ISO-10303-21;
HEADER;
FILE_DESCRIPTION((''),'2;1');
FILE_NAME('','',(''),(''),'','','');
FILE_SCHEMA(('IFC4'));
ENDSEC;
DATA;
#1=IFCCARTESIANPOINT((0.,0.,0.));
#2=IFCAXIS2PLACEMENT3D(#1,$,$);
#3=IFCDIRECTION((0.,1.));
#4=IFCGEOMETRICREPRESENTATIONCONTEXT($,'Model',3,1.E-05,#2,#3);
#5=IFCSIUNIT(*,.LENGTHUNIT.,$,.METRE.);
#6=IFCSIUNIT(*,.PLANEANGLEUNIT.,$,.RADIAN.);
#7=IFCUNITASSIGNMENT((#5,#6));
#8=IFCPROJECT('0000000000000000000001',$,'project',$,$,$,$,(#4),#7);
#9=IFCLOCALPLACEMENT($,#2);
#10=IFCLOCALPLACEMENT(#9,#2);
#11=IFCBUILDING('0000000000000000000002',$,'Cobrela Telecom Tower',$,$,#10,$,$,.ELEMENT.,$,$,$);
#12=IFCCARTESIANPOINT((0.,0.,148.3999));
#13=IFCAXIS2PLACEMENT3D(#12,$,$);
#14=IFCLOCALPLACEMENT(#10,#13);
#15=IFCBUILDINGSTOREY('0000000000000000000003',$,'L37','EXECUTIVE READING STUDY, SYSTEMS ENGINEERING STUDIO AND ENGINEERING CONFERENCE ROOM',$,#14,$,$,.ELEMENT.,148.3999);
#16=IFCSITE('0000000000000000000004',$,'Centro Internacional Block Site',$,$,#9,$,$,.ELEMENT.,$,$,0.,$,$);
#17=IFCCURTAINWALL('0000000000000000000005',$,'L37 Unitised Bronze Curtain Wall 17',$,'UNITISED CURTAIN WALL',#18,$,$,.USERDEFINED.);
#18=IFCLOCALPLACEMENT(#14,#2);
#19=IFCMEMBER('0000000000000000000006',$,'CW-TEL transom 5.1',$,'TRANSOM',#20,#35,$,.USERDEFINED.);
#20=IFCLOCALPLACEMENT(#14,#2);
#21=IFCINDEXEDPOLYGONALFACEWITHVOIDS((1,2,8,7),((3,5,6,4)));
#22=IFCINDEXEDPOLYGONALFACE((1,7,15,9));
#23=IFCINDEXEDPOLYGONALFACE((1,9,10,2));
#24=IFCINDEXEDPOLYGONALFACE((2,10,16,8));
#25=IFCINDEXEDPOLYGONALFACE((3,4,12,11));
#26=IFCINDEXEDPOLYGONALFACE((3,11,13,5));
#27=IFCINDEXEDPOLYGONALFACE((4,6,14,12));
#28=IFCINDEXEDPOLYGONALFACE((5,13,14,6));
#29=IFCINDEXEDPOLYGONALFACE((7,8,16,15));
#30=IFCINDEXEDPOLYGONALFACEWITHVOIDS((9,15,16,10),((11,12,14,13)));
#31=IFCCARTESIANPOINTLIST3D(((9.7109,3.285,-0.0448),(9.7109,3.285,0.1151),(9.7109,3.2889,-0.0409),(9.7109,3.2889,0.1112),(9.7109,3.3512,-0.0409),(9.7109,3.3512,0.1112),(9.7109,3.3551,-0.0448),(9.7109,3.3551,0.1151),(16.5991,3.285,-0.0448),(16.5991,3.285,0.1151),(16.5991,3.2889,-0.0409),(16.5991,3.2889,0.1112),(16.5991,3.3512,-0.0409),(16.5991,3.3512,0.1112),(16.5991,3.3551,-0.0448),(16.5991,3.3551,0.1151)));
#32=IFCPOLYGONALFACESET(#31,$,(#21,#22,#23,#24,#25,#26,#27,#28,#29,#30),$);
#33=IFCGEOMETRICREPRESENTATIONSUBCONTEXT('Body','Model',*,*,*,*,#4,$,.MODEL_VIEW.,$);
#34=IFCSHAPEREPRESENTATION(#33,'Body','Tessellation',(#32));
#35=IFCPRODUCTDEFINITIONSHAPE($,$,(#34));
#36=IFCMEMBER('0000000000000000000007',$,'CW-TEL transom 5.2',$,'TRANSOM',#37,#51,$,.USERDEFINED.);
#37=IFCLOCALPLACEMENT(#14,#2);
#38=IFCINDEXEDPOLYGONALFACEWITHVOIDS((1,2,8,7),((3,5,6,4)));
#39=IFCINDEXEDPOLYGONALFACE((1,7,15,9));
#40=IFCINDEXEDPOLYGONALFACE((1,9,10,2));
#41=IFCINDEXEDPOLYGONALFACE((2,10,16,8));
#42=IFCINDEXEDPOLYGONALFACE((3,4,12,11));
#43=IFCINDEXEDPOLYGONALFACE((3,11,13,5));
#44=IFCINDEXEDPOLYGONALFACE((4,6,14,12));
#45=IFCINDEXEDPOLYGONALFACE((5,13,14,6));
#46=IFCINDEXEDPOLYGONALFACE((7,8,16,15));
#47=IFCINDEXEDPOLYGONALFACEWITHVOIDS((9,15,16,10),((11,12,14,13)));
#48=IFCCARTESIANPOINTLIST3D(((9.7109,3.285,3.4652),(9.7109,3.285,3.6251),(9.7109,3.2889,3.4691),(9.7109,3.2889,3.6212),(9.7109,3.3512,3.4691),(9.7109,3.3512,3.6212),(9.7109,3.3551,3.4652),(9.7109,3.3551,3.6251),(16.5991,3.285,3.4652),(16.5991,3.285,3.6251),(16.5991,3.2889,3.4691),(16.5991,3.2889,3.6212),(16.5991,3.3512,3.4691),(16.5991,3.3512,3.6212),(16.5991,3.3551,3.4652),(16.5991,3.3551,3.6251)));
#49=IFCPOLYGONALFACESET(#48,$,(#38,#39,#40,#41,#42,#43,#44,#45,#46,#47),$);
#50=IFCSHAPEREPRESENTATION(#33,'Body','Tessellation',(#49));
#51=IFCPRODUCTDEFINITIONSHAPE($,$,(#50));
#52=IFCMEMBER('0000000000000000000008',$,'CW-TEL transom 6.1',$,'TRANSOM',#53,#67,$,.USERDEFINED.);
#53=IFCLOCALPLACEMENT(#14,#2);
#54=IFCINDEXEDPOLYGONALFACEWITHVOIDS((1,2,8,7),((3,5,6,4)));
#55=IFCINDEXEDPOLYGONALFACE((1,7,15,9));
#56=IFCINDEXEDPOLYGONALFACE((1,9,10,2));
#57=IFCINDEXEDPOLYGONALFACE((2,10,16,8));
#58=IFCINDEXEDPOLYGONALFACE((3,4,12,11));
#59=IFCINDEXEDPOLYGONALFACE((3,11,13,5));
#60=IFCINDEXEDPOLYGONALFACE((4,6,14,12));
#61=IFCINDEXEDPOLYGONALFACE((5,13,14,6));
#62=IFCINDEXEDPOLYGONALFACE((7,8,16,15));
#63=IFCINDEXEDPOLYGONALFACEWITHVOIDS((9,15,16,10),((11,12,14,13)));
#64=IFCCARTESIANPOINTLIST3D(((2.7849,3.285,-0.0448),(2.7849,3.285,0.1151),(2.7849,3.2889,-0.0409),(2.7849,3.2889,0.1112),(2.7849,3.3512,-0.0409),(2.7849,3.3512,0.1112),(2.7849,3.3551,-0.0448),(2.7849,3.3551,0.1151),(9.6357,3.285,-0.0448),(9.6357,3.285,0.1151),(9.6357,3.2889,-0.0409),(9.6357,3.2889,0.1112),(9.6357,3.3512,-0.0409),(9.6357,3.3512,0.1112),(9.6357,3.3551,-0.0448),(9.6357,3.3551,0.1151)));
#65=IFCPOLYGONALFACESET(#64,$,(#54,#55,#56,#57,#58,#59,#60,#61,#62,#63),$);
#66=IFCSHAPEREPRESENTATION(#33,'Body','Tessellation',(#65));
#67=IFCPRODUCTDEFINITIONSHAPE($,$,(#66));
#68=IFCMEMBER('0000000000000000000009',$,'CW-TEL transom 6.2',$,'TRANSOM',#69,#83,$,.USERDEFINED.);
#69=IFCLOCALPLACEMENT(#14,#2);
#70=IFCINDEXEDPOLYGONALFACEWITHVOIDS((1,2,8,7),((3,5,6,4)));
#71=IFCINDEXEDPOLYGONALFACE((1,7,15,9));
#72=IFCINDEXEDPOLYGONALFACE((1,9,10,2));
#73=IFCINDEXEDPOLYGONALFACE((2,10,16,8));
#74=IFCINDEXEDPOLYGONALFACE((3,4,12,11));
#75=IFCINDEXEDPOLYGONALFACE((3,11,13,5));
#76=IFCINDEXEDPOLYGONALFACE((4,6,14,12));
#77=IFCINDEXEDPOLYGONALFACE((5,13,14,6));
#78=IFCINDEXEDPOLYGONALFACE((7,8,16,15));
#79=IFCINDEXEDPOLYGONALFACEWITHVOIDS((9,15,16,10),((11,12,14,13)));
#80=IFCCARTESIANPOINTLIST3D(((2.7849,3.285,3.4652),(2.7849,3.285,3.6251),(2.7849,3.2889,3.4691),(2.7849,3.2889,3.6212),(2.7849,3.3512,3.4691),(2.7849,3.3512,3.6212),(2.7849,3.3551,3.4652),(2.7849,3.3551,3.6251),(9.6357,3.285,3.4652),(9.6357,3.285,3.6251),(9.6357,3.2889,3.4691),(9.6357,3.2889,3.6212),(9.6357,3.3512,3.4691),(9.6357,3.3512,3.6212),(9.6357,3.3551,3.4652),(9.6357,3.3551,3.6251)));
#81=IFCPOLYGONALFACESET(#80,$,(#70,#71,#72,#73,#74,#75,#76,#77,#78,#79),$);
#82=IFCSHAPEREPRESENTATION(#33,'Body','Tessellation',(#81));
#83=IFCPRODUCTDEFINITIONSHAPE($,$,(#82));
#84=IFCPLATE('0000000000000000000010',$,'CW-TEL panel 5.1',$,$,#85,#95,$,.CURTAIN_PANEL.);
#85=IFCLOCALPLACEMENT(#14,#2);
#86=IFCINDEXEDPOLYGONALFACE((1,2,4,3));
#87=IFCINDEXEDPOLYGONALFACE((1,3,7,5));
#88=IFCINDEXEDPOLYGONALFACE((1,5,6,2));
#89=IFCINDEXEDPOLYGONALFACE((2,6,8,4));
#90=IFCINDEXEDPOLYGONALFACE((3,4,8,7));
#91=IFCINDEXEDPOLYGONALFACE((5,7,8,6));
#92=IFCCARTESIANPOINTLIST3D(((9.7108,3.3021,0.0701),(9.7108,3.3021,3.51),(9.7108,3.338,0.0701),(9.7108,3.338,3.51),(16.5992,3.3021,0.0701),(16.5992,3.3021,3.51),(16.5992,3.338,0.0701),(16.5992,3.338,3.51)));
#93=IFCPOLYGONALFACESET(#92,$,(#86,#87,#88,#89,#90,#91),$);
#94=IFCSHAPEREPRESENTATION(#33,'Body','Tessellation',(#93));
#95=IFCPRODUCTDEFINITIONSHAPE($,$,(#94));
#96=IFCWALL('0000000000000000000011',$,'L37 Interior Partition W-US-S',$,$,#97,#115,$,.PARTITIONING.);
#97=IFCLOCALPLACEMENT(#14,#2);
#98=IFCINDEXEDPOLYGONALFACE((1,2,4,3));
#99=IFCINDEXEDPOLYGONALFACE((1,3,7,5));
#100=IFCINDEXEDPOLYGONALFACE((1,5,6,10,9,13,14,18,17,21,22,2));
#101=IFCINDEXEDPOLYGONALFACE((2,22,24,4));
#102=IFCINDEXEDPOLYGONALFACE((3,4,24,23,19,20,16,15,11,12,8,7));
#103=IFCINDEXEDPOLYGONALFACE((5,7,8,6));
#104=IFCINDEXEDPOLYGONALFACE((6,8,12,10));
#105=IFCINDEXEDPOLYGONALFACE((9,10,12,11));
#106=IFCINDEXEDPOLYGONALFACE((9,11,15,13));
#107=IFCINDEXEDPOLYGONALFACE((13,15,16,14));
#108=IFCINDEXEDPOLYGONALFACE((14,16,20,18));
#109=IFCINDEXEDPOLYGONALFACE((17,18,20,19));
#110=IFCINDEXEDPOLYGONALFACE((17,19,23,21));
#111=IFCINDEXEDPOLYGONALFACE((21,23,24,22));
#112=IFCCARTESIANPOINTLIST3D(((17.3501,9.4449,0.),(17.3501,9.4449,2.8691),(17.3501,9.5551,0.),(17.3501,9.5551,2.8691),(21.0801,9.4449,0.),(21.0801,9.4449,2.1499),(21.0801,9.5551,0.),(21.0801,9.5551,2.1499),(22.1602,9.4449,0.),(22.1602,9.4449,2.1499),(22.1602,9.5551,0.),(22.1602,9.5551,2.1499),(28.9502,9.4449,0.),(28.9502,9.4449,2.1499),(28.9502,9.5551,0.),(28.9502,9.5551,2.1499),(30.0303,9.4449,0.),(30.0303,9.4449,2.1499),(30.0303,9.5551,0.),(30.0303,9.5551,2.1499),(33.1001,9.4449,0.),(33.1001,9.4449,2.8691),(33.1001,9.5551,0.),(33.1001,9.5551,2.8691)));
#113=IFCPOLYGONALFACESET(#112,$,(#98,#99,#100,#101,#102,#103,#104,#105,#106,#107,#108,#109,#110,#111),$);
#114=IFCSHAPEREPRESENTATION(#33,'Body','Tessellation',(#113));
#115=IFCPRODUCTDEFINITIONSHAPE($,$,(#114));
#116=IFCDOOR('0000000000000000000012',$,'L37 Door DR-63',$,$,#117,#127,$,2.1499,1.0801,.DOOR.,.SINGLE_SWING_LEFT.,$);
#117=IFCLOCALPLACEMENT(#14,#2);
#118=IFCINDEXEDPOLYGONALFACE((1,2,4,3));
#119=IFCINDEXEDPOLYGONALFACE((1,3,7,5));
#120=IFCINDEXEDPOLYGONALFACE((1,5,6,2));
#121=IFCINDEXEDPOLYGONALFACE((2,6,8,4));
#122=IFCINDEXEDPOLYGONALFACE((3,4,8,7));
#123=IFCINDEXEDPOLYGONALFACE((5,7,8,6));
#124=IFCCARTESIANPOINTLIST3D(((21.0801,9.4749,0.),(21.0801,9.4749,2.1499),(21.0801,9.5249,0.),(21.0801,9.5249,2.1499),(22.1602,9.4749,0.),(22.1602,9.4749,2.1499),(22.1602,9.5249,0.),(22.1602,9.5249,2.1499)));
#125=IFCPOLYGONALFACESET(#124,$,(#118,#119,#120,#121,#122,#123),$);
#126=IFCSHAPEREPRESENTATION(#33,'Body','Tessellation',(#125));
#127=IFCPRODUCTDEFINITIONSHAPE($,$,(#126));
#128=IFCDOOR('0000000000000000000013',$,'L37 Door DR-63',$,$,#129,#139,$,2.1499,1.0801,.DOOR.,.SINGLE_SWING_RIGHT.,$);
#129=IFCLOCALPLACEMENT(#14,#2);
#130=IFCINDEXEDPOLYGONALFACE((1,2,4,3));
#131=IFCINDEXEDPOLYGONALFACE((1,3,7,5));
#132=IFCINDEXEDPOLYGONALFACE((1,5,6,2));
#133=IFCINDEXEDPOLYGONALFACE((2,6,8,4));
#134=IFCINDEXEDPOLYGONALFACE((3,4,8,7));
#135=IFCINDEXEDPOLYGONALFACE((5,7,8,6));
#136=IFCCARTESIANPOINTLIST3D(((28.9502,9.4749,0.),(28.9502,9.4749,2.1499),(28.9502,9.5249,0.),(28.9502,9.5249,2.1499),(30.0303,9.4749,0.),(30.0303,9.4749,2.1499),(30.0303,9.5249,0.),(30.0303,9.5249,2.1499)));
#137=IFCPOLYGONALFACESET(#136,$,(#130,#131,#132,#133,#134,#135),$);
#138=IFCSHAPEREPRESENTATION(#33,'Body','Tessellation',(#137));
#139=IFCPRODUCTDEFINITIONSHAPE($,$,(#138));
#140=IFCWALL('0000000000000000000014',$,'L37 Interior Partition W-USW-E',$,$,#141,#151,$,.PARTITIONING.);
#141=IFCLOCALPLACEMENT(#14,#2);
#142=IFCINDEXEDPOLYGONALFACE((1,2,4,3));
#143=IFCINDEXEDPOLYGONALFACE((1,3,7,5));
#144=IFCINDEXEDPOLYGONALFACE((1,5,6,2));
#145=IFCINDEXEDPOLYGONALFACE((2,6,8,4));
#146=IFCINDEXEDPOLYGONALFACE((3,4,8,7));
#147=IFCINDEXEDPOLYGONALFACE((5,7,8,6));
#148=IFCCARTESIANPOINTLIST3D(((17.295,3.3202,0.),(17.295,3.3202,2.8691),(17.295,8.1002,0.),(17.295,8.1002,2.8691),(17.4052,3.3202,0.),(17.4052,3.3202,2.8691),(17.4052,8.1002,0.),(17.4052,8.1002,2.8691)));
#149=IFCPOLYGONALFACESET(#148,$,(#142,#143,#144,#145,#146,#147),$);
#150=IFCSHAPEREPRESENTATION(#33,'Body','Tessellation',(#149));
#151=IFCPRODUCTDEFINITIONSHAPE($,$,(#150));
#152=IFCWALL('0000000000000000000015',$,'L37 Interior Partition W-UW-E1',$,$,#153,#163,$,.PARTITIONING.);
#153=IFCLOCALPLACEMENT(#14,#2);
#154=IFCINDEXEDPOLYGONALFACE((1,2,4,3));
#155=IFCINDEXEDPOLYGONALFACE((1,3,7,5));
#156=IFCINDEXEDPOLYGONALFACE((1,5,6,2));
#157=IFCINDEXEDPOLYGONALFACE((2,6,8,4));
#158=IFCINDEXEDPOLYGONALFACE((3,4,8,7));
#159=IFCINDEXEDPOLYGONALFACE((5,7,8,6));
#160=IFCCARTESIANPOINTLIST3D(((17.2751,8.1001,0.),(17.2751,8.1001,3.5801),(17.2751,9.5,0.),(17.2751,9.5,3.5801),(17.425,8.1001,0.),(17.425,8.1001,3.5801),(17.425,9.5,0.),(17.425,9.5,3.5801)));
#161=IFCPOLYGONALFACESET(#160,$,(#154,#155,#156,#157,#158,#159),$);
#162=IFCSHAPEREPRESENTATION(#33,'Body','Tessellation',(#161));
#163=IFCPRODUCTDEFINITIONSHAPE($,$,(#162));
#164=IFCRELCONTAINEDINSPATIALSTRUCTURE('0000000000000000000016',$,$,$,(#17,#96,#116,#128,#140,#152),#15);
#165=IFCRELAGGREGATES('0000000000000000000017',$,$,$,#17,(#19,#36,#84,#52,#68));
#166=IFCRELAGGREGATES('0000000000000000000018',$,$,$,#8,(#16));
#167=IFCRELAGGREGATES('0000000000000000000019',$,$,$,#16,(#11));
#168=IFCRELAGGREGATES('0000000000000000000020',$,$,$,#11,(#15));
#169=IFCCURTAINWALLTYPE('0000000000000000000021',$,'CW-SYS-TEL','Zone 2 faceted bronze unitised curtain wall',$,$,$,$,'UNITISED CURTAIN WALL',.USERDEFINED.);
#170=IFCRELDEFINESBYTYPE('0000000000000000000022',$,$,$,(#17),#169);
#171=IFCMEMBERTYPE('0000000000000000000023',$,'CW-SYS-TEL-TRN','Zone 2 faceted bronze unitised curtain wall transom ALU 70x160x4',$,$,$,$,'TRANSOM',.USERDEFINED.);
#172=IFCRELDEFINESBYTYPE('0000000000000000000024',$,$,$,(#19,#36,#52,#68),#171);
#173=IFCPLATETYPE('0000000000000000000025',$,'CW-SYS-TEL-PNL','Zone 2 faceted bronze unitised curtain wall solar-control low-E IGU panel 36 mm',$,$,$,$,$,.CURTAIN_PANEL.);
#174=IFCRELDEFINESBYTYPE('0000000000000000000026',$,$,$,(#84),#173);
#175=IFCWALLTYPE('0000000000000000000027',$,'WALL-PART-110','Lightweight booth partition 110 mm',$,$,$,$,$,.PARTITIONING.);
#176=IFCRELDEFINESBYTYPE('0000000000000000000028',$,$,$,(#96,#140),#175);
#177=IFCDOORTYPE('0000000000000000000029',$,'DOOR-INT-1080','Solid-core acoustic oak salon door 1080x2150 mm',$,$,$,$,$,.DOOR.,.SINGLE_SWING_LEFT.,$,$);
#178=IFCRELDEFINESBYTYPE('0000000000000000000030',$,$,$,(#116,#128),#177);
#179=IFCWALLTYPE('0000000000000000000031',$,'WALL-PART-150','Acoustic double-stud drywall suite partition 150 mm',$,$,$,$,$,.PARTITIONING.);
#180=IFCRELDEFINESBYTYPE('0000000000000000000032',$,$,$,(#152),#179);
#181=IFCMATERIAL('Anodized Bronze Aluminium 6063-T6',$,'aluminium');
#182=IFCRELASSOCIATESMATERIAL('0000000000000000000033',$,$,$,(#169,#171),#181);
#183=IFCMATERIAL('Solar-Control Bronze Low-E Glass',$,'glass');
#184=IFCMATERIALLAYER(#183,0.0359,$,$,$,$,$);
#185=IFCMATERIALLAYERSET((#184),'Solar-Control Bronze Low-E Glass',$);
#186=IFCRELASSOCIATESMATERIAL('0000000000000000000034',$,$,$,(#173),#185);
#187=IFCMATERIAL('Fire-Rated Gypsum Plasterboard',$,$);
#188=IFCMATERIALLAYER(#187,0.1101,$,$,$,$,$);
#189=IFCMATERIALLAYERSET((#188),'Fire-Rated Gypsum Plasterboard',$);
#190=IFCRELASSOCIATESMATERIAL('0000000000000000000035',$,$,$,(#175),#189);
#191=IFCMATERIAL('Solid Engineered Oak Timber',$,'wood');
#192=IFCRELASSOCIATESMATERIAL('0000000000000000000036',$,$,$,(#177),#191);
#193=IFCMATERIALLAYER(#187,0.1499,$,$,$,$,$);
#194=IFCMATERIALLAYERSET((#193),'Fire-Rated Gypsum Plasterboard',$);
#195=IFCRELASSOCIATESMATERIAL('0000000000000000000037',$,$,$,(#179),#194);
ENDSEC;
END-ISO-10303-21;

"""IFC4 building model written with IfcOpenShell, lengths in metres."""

from ifc_helpers import new_model, si_unit, direction, frame, frame_2d, origin, origin_2d, place, context, subcontext, project, spatial, rectangle, hollow_rectangle, extrude, material, layer, layer_set, material_profile, profile_set, type_object, element, fill, aggregate, save


model = new_model("IFC4")

# Units and contexts
model_context = context("Model", 3, precision=1e-05, world=origin(), true_north=direction((0.0, 1.0)))
body_context = subcontext(model_context, "Body", "Model", "MODEL_VIEW")
ifc_project = project(units=[si_unit("LENGTHUNIT", "METRE"), si_unit("PLANEANGLEUNIT", "RADIAN")], contexts=[model_context])

# Site, building, storey
site_placement = place(None, origin())
site = spatial("IfcSite", under=ifc_project, at=site_placement, Name="Centro Internacional Block Site", CompositionType="ELEMENT", RefElevation=0.0)
building_placement = place(site_placement, origin())
building = spatial("IfcBuilding", under=site, at=building_placement, Name="Cobrela Telecom Tower", CompositionType="ELEMENT")
storey_placement = place(building_placement, frame((0.0, 0.0, 148.3999)))
storey = spatial("IfcBuildingStorey", under=building, at=storey_placement, Name="L37", Description="EXECUTIVE READING STUDY, SYSTEMS ENGINEERING STUDIO AND ENGINEERING CONFERENCE ROOM", CompositionType="ELEMENT", Elevation=148.3999)

# Curtain wall, members, plate
ifc_material_1 = material(Name="Anodized Bronze Aluminium 6063-T6", Category="aluminium")
curtain_wall_type = type_object("IfcCurtainWallType", Name="CW-SYS-TEL", Description="Zone 2 faceted bronze unitised curtain wall", ElementType="UNITISED CURTAIN WALL", PredefinedType="USERDEFINED", material=ifc_material_1)
curtain_wall_placement = place(storey_placement, origin())
curtain_wall = element("IfcCurtainWall", 1, at=curtain_wall_placement, inside=storey, type_object=curtain_wall_type, Name="L37 Unitised Bronze Curtain Wall 17", ObjectType="UNITISED CURTAIN WALL", PredefinedType="USERDEFINED")
ifc_material_profile_1 = material_profile(ifc_material_1, hollow_rectangle(XDim=0.0701, YDim=0.1599, WallThickness=0.0039, at=origin_2d()), Name="ALU 70x160x4")
ifc_profile_set_1 = profile_set([ifc_material_profile_1], Name="Anodized Bronze Aluminium 6063-T6")
member_type_1 = type_object("IfcMemberType", Name="CW-SYS-TEL-TRN", Description="Zone 2 faceted bronze unitised curtain wall transom ALU 70x160x4", ElementType="TRANSOM", PredefinedType="USERDEFINED", material=ifc_profile_set_1)
member_1_placement = place(storey_placement, frame((16.5991, 3.3201, 0.0352), z_axis=(-1.0, 0.0, 0.0), x_axis=(0.0, -1.0, 0.0)))
member_1 = element("IfcMember", 2, at=member_1_placement, type_object=member_type_1, Name="CW-TEL transom 5.1", ObjectType="TRANSOM", PredefinedType="USERDEFINED", context=body_context, shape_type="SweptSolid", body=[
    extrude(hollow_rectangle(XDim=0.0701, YDim=0.1599, WallThickness=0.0039, at=origin_2d()), origin(), (0.0, 0.0, 1.0), 6.8882),
])
member_2_placement = place(storey_placement, frame((16.5991, 3.3201, 3.5452), z_axis=(-1.0, 0.0, 0.0), x_axis=(0.0, -1.0, 0.0)))
member_2 = element("IfcMember", 3, at=member_2_placement, type_object=member_type_1, Name="CW-TEL transom 5.2", ObjectType="TRANSOM", PredefinedType="USERDEFINED", context=body_context, shape_type="SweptSolid", body=[
    extrude(hollow_rectangle(XDim=0.0701, YDim=0.1599, WallThickness=0.0039, at=origin_2d()), origin(), (0.0, 0.0, 1.0), 6.8882),
])
member_3_placement = place(storey_placement, frame((9.6357, 3.3201, 0.0352), z_axis=(-1.0, 0.0, 0.0), x_axis=(0.0, -1.0, 0.0)))
member_3 = element("IfcMember", 4, at=member_3_placement, type_object=member_type_1, Name="CW-TEL transom 6.1", ObjectType="TRANSOM", PredefinedType="USERDEFINED", context=body_context, shape_type="SweptSolid", body=[
    extrude(hollow_rectangle(XDim=0.0701, YDim=0.1599, WallThickness=0.0039, at=origin_2d()), origin(), (0.0, 0.0, 1.0), 6.8508),
])
member_4_placement = place(storey_placement, frame((9.6357, 3.3201, 3.5452), z_axis=(-1.0, 0.0, 0.0), x_axis=(0.0, -1.0, 0.0)))
member_4 = element("IfcMember", 5, at=member_4_placement, type_object=member_type_1, Name="CW-TEL transom 6.2", ObjectType="TRANSOM", PredefinedType="USERDEFINED", context=body_context, shape_type="SweptSolid", body=[
    extrude(hollow_rectangle(XDim=0.0701, YDim=0.1599, WallThickness=0.0039, at=origin_2d()), origin(), (0.0, 0.0, 1.0), 6.8508),
])
ifc_material_2 = material(Name="Solar-Control Bronze Low-E Glass", Category="glass")
ifc_layer_1 = layer(ifc_material_2, 0.0359)
ifc_layer_set_1 = layer_set([ifc_layer_1], Name="Solar-Control Bronze Low-E Glass")
plate_type = type_object("IfcPlateType", Name="CW-SYS-TEL-PNL", Description="Zone 2 faceted bronze unitised curtain wall solar-control low-E IGU panel 36 mm", PredefinedType="CURTAIN_PANEL", material=ifc_layer_set_1)
plate_placement = place(storey_placement, frame((13.155, 3.3201, 0.0701), z_axis=(0.0, 0.0, 1.0), x_axis=(-1.0, 0.0, 0.0)))
plate = element("IfcPlate", 6, at=plate_placement, type_object=plate_type, Name="CW-TEL panel 5.1", PredefinedType="CURTAIN_PANEL", context=body_context, shape_type="SweptSolid", body=[
    extrude(rectangle(XDim=6.8884, YDim=0.0359, at=origin_2d()), origin(), (0.0, 0.0, 1.0), 3.4399),
])
aggregate(curtain_wall, [member_1, member_2, plate, member_3, member_4])

# Shared definitions
ifc_material_3 = material(Name="Fire-Rated Gypsum Plasterboard")
ifc_layer_2 = layer(ifc_material_3, 0.1101)
ifc_layer_set_2 = layer_set([ifc_layer_2], Name="Fire-Rated Gypsum Plasterboard")
wall_type_1 = type_object("IfcWallType", Name="WALL-PART-110", Description="Lightweight booth partition 110 mm", PredefinedType="PARTITIONING", material=ifc_layer_set_2)
ifc_material_4 = material(Name="Solid Engineered Oak Timber", Category="wood")
door_type_1 = type_object("IfcDoorType", Name="DOOR-INT-1080", Description="Solid-core acoustic oak salon door 1080x2150 mm", OperationType="SINGLE_SWING_LEFT", PredefinedType="DOOR", material=ifc_material_4)

# Wall, openings, doors
wall_1_placement = place(storey_placement, frame((17.3501, 9.5, 0.0), z_axis=(0.0, 0.0, 1.0), x_axis=(1.0, 0.0, 0.0)))
wall_1 = element("IfcWall", 7, at=wall_1_placement, inside=storey, type_object=wall_type_1, Name="L37 Interior Partition W-US-S", PredefinedType="PARTITIONING", context=body_context, shape_type="SweptSolid", body=[
    extrude(rectangle(XDim=15.75, YDim=0.1101, at=frame_2d((7.875, 0.0))), origin(), (0.0, 0.0, 1.0), 2.8691),
])
opening_1_placement = place(wall_1_placement, frame((3.73, 0.0, 0.0)))
opening_1 = element("IfcOpeningElement", 8, at=opening_1_placement, cuts=wall_1, PredefinedType="OPENING", context=body_context, shape_type="SweptSolid", body=[
    extrude(rectangle(XDim=1.0801, YDim=2.1499, at=frame_2d((0.54, 1.075))), frame((0.0, 0.0669, 0.0), z_axis=(0.0, -1.0, 0.0), x_axis=(1.0, 0.0, 0.0)), (0.0, 0.0, 1.0), 0.134),
])
opening_2_placement = place(wall_1_placement, frame((11.6001, 0.0, 0.0)))
opening_2 = element("IfcOpeningElement", 9, at=opening_2_placement, cuts=wall_1, PredefinedType="OPENING", context=body_context, shape_type="SweptSolid", body=[
    extrude(rectangle(XDim=1.0801, YDim=2.1499, at=frame_2d((0.54, 1.075))), frame((0.0, 0.0669, 0.0), z_axis=(0.0, -1.0, 0.0), x_axis=(1.0, 0.0, 0.0)), (0.0, 0.0, 1.0), 0.134),
])
door_1_placement = place(opening_1_placement, origin())
door_1 = element("IfcDoor", 10, at=door_1_placement, inside=storey, type_object=door_type_1, Name="L37 Door DR-63", OperationType="SINGLE_SWING_LEFT", OverallHeight=2.1499, OverallWidth=1.0801, PredefinedType="DOOR", context=body_context, shape_type="SweptSolid", body=[
    extrude(rectangle(XDim=1.0801, YDim=2.1499, at=frame_2d((0.54, 1.075))), frame((0.0, 0.0249, 0.0), z_axis=(0.0, -1.0, 0.0), x_axis=(1.0, 0.0, 0.0)), (0.0, 0.0, 1.0), 0.05),
])
fill(opening_1, door_1)
door_2_placement = place(opening_2_placement, origin())
door_2 = element("IfcDoor", 11, at=door_2_placement, inside=storey, type_object=door_type_1, Name="L37 Door DR-63", OperationType="SINGLE_SWING_RIGHT", OverallHeight=2.1499, OverallWidth=1.0801, PredefinedType="DOOR", context=body_context, shape_type="SweptSolid", body=[
    extrude(rectangle(XDim=1.0801, YDim=2.1499, at=frame_2d((0.54, 1.075))), frame((0.0, 0.0249, 0.0), z_axis=(0.0, -1.0, 0.0), x_axis=(1.0, 0.0, 0.0)), (0.0, 0.0, 1.0), 0.05),
])
fill(opening_2, door_2)

# Walls
wall_2_placement = place(storey_placement, frame((17.3501, 3.3201, 0.0), z_axis=(0.0, 0.0, 1.0), x_axis=(0.0, 1.0, 0.0)))
element("IfcWall", 12, at=wall_2_placement, inside=storey, type_object=wall_type_1, Name="L37 Interior Partition W-USW-E", PredefinedType="PARTITIONING", context=body_context, shape_type="SweptSolid", body=[
    extrude(rectangle(XDim=4.78, YDim=0.1101, at=frame_2d((2.3901, 0.0))), origin(), (0.0, 0.0, 1.0), 2.8691),
])
ifc_layer_3 = layer(ifc_material_3, 0.1499)
ifc_layer_set_3 = layer_set([ifc_layer_3], Name="Fire-Rated Gypsum Plasterboard")
wall_type_2 = type_object("IfcWallType", Name="WALL-PART-150", Description="Acoustic double-stud drywall suite partition 150 mm", PredefinedType="PARTITIONING", material=ifc_layer_set_3)
wall_3_placement = place(storey_placement, frame((17.3501, 8.1001, 0.0), z_axis=(0.0, 0.0, 1.0), x_axis=(0.0, 1.0, 0.0)))
element("IfcWall", 13, at=wall_3_placement, inside=storey, type_object=wall_type_2, Name="L37 Interior Partition W-UW-E1", PredefinedType="PARTITIONING", context=body_context, shape_type="SweptSolid", body=[
    extrude(rectangle(XDim=1.3999, YDim=0.1499, at=frame_2d((0.7, 0.0))), origin(), (0.0, 0.0, 1.0), 3.5801),
])

save(model, "model.ifc")
